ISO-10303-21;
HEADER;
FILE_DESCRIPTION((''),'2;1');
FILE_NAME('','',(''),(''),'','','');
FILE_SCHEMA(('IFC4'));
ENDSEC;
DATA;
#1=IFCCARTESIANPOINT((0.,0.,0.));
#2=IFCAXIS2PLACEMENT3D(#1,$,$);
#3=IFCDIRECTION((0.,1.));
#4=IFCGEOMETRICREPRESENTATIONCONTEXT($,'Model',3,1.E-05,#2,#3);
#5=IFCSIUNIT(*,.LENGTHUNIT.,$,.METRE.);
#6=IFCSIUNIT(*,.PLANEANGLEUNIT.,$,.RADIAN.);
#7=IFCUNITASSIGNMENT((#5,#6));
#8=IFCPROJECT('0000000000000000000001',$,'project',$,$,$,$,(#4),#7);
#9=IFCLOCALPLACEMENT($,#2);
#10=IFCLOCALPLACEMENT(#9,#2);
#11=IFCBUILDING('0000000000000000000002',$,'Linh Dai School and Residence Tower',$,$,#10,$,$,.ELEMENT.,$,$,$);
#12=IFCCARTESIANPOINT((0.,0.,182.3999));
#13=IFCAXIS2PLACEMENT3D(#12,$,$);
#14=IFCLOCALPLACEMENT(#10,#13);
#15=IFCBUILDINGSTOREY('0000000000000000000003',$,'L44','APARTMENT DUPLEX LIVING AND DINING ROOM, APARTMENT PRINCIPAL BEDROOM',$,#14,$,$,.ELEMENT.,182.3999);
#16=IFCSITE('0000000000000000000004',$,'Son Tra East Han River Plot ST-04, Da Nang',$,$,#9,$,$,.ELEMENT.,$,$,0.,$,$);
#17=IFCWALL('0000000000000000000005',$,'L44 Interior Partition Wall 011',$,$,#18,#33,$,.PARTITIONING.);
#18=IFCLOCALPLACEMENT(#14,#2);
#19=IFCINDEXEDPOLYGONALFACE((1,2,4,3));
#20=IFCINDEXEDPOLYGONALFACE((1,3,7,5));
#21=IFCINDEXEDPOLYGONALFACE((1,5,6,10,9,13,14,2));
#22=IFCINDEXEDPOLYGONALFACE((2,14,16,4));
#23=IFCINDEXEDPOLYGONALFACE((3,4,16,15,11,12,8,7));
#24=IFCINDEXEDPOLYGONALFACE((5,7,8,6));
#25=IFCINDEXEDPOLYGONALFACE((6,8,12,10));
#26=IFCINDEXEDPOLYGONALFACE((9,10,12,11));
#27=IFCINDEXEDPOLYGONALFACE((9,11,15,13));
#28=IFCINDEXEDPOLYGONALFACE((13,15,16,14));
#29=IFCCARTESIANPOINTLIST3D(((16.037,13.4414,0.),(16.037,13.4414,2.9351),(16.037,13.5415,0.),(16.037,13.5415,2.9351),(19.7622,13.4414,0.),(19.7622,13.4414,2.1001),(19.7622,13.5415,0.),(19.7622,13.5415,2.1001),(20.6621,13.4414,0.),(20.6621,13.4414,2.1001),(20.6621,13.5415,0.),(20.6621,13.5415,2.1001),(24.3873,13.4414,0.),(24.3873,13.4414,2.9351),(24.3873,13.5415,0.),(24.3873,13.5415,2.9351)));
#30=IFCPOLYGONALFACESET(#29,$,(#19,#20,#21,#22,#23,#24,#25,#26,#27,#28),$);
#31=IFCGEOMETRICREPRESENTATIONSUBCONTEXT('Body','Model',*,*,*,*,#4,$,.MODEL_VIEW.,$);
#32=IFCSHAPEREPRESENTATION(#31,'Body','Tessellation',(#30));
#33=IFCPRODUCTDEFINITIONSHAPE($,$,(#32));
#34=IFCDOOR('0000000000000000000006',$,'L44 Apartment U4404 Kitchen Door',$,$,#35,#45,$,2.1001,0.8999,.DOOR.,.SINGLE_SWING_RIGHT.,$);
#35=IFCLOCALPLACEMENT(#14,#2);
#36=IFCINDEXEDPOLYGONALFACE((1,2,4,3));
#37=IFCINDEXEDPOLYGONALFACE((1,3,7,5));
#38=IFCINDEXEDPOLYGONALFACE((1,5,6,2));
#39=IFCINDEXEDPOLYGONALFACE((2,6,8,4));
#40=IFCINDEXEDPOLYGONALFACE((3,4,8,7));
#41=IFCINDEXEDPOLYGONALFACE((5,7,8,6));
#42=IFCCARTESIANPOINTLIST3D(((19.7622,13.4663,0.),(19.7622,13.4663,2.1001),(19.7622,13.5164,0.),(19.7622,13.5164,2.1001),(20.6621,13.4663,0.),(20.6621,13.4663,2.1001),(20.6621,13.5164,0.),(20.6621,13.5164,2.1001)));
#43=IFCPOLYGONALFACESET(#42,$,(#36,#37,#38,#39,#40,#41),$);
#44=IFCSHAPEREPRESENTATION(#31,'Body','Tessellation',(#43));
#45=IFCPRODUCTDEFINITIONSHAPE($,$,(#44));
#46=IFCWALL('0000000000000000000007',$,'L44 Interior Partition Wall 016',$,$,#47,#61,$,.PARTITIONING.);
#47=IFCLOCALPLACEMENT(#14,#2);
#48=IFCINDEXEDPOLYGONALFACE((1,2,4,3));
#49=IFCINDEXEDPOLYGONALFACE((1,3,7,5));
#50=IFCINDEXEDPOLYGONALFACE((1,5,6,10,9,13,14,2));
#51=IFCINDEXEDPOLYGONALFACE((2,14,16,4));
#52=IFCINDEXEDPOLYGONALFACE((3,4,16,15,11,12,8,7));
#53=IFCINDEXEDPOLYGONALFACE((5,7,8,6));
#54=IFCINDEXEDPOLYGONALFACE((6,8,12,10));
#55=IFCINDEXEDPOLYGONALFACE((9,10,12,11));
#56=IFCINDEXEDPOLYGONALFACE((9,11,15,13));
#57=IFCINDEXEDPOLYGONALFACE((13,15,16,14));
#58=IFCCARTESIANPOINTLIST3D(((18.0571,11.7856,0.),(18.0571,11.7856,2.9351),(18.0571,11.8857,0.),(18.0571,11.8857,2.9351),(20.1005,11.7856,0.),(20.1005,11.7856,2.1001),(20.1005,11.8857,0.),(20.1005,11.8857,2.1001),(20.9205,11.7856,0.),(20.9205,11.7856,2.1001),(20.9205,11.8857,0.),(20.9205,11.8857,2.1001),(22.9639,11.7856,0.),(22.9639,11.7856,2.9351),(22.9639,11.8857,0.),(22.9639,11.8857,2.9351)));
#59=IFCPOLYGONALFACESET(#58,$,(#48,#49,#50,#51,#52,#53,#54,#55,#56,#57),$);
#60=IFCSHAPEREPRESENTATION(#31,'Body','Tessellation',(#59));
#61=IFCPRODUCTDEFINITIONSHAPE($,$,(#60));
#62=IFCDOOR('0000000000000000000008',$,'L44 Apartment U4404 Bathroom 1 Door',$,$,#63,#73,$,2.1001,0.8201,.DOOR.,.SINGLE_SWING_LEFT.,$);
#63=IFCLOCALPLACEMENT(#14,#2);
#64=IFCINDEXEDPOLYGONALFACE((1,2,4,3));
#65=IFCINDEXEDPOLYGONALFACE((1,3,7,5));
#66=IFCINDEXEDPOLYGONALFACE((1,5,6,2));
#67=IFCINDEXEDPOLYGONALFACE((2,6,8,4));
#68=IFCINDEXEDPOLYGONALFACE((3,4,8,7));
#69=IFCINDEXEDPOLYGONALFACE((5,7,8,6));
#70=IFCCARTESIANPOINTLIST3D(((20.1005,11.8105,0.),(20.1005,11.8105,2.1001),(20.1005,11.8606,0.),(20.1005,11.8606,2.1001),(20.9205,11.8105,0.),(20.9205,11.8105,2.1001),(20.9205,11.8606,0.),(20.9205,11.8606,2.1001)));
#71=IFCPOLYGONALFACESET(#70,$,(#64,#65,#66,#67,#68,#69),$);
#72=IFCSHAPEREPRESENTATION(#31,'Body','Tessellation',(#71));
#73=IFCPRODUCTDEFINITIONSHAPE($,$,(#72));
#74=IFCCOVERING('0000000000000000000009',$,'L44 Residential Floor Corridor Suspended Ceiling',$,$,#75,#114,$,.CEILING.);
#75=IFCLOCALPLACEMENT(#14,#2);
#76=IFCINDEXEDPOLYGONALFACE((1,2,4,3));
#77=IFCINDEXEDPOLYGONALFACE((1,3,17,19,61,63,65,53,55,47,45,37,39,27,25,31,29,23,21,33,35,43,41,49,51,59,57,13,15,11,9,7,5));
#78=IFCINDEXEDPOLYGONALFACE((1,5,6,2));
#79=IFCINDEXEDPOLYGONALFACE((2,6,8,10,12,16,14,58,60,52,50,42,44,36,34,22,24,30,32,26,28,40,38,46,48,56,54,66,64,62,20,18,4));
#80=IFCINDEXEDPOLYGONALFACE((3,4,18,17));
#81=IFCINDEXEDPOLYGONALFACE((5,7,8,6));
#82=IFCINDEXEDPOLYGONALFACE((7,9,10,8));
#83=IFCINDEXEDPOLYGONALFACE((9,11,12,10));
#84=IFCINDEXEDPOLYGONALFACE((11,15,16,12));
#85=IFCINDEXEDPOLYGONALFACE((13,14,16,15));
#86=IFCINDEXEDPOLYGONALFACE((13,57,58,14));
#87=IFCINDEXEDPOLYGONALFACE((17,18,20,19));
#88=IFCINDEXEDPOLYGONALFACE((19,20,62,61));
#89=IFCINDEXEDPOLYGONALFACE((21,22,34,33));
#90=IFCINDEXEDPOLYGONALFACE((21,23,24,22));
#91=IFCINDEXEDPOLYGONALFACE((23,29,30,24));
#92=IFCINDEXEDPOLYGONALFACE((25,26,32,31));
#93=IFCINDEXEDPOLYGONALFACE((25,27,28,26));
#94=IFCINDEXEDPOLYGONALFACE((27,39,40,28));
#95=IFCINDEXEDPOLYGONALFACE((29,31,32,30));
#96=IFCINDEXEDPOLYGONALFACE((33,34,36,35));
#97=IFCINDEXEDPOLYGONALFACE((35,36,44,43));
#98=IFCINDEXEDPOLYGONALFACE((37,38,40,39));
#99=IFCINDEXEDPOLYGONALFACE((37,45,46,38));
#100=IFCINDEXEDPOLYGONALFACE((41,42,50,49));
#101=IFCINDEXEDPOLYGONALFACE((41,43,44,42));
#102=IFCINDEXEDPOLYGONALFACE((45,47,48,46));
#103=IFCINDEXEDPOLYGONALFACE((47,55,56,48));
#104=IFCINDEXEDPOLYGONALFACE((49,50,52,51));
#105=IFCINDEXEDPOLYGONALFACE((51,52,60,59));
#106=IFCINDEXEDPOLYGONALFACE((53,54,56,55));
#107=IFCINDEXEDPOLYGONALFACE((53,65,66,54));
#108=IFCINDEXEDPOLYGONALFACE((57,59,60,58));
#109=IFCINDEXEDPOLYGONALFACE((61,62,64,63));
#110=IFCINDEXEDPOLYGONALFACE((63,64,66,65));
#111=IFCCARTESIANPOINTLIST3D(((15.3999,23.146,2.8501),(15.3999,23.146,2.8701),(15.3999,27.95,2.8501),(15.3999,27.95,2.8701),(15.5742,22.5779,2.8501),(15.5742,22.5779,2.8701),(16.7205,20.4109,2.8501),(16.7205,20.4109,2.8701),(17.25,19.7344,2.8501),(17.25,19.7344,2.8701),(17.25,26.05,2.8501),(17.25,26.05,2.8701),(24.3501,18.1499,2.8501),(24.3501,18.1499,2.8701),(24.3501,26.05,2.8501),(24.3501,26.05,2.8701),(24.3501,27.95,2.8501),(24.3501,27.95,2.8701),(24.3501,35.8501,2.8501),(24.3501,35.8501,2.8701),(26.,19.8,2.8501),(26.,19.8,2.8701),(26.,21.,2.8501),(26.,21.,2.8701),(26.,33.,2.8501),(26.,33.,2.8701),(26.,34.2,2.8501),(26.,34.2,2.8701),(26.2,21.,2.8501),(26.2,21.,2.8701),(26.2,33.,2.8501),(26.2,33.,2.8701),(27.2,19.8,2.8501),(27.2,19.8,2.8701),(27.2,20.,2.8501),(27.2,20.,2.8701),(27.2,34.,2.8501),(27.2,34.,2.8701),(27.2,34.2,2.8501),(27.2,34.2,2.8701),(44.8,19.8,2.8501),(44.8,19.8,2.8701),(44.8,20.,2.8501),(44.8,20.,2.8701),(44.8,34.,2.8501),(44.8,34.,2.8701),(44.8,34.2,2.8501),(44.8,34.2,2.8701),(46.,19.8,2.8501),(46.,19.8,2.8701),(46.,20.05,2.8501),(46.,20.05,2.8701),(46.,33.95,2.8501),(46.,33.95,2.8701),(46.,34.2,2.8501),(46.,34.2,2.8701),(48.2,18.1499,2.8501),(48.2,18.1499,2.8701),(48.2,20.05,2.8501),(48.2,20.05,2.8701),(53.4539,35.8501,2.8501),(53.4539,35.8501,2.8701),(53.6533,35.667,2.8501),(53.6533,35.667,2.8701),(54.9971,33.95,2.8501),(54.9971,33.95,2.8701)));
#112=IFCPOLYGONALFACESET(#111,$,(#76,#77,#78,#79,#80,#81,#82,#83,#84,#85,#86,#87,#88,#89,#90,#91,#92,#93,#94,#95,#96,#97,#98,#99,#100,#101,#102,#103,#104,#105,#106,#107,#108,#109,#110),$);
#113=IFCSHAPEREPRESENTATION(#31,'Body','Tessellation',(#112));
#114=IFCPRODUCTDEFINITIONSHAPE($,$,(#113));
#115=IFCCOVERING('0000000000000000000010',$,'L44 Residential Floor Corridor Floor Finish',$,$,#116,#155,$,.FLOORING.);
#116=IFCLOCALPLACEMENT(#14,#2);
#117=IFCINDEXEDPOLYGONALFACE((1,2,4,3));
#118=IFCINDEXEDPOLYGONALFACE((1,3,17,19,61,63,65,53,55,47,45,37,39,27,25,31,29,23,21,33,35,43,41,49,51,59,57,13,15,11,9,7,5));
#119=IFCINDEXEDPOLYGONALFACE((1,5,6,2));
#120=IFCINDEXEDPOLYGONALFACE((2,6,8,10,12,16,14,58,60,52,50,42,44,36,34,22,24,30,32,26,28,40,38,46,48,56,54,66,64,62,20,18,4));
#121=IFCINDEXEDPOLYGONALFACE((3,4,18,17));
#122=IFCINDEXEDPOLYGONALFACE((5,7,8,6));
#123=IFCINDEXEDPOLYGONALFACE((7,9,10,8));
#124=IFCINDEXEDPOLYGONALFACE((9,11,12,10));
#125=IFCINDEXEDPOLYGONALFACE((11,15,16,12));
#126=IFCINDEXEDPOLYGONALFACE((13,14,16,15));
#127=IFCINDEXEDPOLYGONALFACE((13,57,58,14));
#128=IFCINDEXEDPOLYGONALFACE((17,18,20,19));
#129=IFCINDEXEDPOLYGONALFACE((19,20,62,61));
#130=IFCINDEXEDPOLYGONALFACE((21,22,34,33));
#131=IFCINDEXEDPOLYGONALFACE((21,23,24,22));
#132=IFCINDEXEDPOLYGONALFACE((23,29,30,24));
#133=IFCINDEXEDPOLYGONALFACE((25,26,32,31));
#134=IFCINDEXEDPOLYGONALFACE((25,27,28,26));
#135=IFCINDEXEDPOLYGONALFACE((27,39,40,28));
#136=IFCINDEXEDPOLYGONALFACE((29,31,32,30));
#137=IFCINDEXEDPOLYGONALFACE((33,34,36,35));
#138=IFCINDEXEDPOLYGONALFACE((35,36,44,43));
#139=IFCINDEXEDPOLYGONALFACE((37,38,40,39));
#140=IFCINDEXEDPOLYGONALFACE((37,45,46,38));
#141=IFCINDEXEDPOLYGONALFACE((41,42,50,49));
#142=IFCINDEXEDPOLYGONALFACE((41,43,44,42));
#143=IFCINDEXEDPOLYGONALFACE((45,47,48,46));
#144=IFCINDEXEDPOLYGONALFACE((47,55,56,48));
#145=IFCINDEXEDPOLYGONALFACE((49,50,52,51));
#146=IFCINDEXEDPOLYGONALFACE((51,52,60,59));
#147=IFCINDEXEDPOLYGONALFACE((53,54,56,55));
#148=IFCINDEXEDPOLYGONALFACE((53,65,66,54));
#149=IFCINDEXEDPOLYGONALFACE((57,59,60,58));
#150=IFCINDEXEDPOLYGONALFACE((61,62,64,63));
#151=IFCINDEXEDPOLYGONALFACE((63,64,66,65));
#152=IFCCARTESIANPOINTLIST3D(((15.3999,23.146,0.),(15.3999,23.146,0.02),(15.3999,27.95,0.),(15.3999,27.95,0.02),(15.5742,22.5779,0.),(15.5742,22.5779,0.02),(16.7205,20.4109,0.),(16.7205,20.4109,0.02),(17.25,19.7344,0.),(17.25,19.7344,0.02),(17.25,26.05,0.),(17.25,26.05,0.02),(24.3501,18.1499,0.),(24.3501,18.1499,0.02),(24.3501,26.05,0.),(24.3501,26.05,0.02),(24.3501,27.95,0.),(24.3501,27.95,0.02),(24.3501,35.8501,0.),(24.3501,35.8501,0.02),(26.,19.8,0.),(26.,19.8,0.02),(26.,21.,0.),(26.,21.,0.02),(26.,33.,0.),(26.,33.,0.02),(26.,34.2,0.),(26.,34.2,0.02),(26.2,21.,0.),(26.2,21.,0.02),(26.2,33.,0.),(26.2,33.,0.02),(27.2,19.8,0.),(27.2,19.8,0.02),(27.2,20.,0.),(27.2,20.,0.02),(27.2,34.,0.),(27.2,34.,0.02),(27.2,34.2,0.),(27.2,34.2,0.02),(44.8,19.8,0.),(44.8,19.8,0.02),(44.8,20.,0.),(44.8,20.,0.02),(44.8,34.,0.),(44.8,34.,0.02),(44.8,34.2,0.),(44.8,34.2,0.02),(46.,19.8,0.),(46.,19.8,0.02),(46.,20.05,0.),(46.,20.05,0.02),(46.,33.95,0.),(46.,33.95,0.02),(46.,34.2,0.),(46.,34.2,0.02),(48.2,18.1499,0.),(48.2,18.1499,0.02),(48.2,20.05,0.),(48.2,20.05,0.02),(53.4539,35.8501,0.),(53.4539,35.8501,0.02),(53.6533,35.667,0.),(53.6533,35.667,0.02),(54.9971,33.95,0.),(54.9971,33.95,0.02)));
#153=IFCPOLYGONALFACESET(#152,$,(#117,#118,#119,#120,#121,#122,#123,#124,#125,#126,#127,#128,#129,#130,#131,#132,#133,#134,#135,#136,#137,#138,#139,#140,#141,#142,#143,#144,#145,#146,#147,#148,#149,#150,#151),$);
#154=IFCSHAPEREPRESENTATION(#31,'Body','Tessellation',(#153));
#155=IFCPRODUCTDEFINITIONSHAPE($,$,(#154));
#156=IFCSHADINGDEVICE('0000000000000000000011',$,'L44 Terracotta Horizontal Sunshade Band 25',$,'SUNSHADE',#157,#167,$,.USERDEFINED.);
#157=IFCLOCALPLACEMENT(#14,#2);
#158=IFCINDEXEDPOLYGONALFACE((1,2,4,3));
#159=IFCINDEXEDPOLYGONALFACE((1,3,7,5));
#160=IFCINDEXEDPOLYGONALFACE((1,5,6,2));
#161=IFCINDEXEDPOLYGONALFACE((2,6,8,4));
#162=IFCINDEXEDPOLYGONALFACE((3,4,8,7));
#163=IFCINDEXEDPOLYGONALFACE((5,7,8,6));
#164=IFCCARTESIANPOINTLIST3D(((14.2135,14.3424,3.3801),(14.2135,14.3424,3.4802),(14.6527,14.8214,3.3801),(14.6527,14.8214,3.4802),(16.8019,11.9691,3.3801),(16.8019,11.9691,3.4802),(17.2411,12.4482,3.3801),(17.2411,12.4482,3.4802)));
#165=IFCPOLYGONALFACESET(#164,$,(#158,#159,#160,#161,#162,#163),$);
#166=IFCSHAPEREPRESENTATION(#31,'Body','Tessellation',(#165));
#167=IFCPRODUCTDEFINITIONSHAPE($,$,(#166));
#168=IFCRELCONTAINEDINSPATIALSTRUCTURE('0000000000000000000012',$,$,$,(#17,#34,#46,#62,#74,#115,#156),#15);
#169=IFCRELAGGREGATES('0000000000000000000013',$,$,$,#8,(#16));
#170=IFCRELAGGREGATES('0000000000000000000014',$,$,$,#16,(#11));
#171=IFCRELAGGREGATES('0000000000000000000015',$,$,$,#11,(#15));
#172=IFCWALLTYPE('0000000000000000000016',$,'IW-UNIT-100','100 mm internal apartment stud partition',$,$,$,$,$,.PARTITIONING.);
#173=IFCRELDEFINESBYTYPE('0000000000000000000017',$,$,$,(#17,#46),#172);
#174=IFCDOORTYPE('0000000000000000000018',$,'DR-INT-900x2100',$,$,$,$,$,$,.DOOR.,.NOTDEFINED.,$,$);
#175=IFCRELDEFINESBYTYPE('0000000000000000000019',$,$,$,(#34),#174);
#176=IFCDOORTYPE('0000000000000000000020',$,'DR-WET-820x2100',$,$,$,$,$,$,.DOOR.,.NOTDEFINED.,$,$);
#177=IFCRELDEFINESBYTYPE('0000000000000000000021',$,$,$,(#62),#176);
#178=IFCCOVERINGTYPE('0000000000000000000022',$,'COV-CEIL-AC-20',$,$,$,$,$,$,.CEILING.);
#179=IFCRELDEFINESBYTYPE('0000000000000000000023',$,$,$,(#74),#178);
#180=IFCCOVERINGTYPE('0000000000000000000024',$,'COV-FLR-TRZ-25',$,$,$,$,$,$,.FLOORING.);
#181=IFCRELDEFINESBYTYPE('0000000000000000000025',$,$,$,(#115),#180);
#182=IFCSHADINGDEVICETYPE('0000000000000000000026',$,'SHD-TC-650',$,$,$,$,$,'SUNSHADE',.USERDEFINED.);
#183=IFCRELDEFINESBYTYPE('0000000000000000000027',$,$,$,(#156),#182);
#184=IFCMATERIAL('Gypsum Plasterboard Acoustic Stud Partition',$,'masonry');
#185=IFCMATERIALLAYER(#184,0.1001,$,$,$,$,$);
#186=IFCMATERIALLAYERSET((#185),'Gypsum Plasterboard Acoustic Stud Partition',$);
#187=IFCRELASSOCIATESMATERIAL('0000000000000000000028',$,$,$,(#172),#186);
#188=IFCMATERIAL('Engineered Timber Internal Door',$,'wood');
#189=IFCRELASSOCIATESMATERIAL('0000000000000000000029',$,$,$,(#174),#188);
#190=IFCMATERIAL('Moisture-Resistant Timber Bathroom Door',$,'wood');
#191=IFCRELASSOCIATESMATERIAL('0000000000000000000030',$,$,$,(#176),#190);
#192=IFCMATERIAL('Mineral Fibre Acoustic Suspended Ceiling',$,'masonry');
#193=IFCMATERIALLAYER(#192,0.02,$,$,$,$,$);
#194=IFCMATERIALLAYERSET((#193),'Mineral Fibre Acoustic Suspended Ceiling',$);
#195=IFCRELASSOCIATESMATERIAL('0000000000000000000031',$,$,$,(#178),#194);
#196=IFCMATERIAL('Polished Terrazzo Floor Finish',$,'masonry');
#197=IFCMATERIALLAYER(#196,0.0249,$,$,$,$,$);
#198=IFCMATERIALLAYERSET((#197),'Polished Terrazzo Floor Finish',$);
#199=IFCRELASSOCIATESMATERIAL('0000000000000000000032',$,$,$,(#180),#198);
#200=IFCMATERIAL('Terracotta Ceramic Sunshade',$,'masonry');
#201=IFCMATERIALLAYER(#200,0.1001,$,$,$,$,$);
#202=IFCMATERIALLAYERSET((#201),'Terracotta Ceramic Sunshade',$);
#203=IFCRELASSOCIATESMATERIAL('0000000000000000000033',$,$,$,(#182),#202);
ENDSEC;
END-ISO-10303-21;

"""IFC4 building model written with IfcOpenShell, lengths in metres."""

from ifc_helpers import new_model, si_unit, direction, frame, frame_2d, origin, origin_2d, place, context, subcontext, project, spatial, polyline, rectangle, outline, extrude, source, transform, mapped, material, layer, layer_set, type_object, element, fill, save


model = new_model("IFC4")

# Units and contexts
model_context = context("Model", 3, precision=1e-05, world=origin(), true_north=direction((0.0, 1.0)))
body_context = subcontext(model_context, "Body", "Model", "MODEL_VIEW")
ifc_project = project(units=[si_unit("LENGTHUNIT", "METRE"), si_unit("PLANEANGLEUNIT", "RADIAN")], contexts=[model_context])

# Site, building, storey
site_placement = place(None, origin())
site = spatial("IfcSite", under=ifc_project, at=site_placement, Name="Son Tra East Han River Plot ST-04, Da Nang", CompositionType="ELEMENT", RefElevation=0.0)
building_placement = place(site_placement, origin())
building = spatial("IfcBuilding", under=site, at=building_placement, Name="Linh Dai School and Residence Tower", CompositionType="ELEMENT")
storey_placement = place(building_placement, frame((0.0, 0.0, 182.3999)))
storey = spatial("IfcBuildingStorey", under=building, at=storey_placement, Name="L44", Description="APARTMENT DUPLEX LIVING AND DINING ROOM, APARTMENT PRINCIPAL BEDROOM", CompositionType="ELEMENT", Elevation=182.3999)

# Walls, openings, doors
ifc_material_1 = material(Name="Gypsum Plasterboard Acoustic Stud Partition", Category="masonry")
ifc_layer_1 = layer(ifc_material_1, 0.1001)
ifc_layer_set_1 = layer_set([ifc_layer_1], Name="Gypsum Plasterboard Acoustic Stud Partition")
wall_type_1 = type_object("IfcWallType", Name="IW-UNIT-100", Description="100 mm internal apartment stud partition", PredefinedType="PARTITIONING", material=ifc_layer_set_1)
ifc_material_2 = material(Name="Engineered Timber Internal Door", Category="wood")
door_type_1 = type_object("IfcDoorType", Name="DR-INT-900x2100", OperationType="NOTDEFINED", PredefinedType="DOOR", material=ifc_material_2)
shared_shape_1 = source(origin(), body_context, "Body", "SweptSolid", [
    extrude(rectangle(XDim=0.8999, YDim=2.1001, at=origin_2d()), frame((0.45, 0.0249, 1.05), z_axis=(0.0, -1.0, 0.0), x_axis=(1.0, 0.0, 0.0)), (0.0, 0.0, 1.0), 0.05),
])
wall_1_placement = place(storey_placement, frame((16.0369, 13.4915, 0.0), z_axis=(0.0, 0.0, 1.0), x_axis=(1.0, 0.0, 0.0)))
wall_1 = element("IfcWall", 1, at=wall_1_placement, inside=storey, type_object=wall_type_1, Name="L44 Interior Partition Wall 011", PredefinedType="PARTITIONING", context=body_context, shape_type="SweptSolid", body=[
    extrude(rectangle(XDim=8.3503, YDim=0.1001, at=frame_2d((4.1753, 0.0))), origin(), (0.0, 0.0, 1.0), 2.9351),
])
opening_1_placement = place(wall_1_placement, frame((3.7253, 0.0, 0.0)))
opening_1 = element("IfcOpeningElement", 2, at=opening_1_placement, cuts=wall_1, PredefinedType="OPENING", context=body_context, shape_type="SweptSolid", body=[
    extrude(rectangle(XDim=0.8999, YDim=2.1001, at=origin_2d()), frame((0.45, 0.0601, 1.05), z_axis=(0.0, -1.0, 0.0), x_axis=(1.0, 0.0, 0.0)), (0.0, 0.0, 1.0), 0.1201),
])
door_1_placement = place(opening_1_placement, origin())
door_1 = element("IfcDoor", 3, at=door_1_placement, inside=storey, type_object=door_type_1, Name="L44 Apartment U4404 Kitchen Door", OperationType="SINGLE_SWING_RIGHT", OverallHeight=2.1001, OverallWidth=0.8999, PredefinedType="DOOR", context=body_context, shape_type="MappedRepresentation", body=[
    mapped(shared_shape_1, transform((0.0, 0.0, 0.0), x_axis=(1.0, 0.0, 0.0), y_axis=(0.0, 1.0, 0.0), z_axis=(0.0, 0.0, 1.0), scale=1.0)),
])
fill(opening_1, door_1)
wall_2_placement = place(storey_placement, frame((18.0571, 11.8357, 0.0), z_axis=(0.0, 0.0, 1.0), x_axis=(1.0, 0.0, 0.0)))
wall_2 = element("IfcWall", 4, at=wall_2_placement, inside=storey, type_object=wall_type_1, Name="L44 Interior Partition Wall 016", PredefinedType="PARTITIONING", context=body_context, shape_type="SweptSolid", body=[
    extrude(rectangle(XDim=4.9067, YDim=0.1001, at=frame_2d((2.4534, 0.0))), origin(), (0.0, 0.0, 1.0), 2.9351),
])
opening_2_placement = place(wall_2_placement, frame((2.0432, 0.0, 0.0)))
opening_2 = element("IfcOpeningElement", 5, at=opening_2_placement, cuts=wall_2, PredefinedType="OPENING", context=body_context, shape_type="SweptSolid", body=[
    extrude(rectangle(XDim=0.8201, YDim=2.1001, at=origin_2d()), frame((0.4102, 0.0601, 1.05), z_axis=(0.0, -1.0, 0.0), x_axis=(1.0, 0.0, 0.0)), (0.0, 0.0, 1.0), 0.1201),
])
ifc_material_3 = material(Name="Moisture-Resistant Timber Bathroom Door", Category="wood")
door_type_2 = type_object("IfcDoorType", Name="DR-WET-820x2100", OperationType="NOTDEFINED", PredefinedType="DOOR", material=ifc_material_3)
shared_shape_2 = source(origin(), body_context, "Body", "SweptSolid", [
    extrude(rectangle(XDim=0.8201, YDim=2.1001, at=origin_2d()), frame((0.4102, 0.0249, 1.05), z_axis=(0.0, -1.0, 0.0), x_axis=(1.0, 0.0, 0.0)), (0.0, 0.0, 1.0), 0.05),
])
door_2_placement = place(opening_2_placement, origin())
door_2 = element("IfcDoor", 6, at=door_2_placement, inside=storey, type_object=door_type_2, Name="L44 Apartment U4404 Bathroom 1 Door", OperationType="SINGLE_SWING_LEFT", OverallHeight=2.1001, OverallWidth=0.8201, PredefinedType="DOOR", context=body_context, shape_type="MappedRepresentation", body=[
    mapped(shared_shape_2, transform((0.0, 0.0, 0.0), x_axis=(1.0, 0.0, 0.0), y_axis=(0.0, 1.0, 0.0), z_axis=(0.0, 0.0, 1.0), scale=1.0)),
])
fill(opening_2, door_2)

# Coverings
ifc_material_4 = material(Name="Mineral Fibre Acoustic Suspended Ceiling", Category="masonry")
ifc_layer_2 = layer(ifc_material_4, 0.02)
ifc_layer_set_2 = layer_set([ifc_layer_2], Name="Mineral Fibre Acoustic Suspended Ceiling")
covering_type_1 = type_object("IfcCoveringType", Name="COV-CEIL-AC-20", PredefinedType="CEILING", material=ifc_layer_set_2)
covering_1_placement = place(storey_placement, frame((0.0, 0.0, 2.8501)))
element("IfcCovering", 7, at=covering_1_placement, inside=storey, type_object=covering_type_1, Name="L44 Residential Floor Corridor Suspended Ceiling", PredefinedType="CEILING", context=body_context, shape_type="SweptSolid", body=[
    extrude(outline(polyline([(17.25, 19.7344), (16.7205, 20.4109), (15.5742, 22.5779), (15.3999, 23.146), (15.3999, 27.95), (24.3501, 27.95), (24.3501, 35.8501), (53.4539, 35.8501), (53.6533, 35.667), (54.9971, 33.95), (46.0, 33.95), (46.0, 34.2), (44.8, 34.2), (44.8, 34.0), (27.2, 34.0), (27.2, 34.2), (26.0, 34.2), (26.0, 33.0), (26.2, 33.0), (26.2, 21.0), (26.0, 21.0), (26.0, 19.8), (27.2, 19.8), (27.2, 20.0), (44.8, 20.0), (44.8, 19.8), (46.0, 19.8), (46.0, 20.05), (48.2, 20.05), (48.2, 18.1499), (24.3501, 18.1499), (24.3501, 26.05), (17.25, 26.05), (17.25, 19.7344)])), origin(), (0.0, 0.0, 1.0), 0.02),
])
ifc_material_5 = material(Name="Polished Terrazzo Floor Finish", Category="masonry")
ifc_layer_3 = layer(ifc_material_5, 0.0249)
ifc_layer_set_3 = layer_set([ifc_layer_3], Name="Polished Terrazzo Floor Finish")
covering_type_2 = type_object("IfcCoveringType", Name="COV-FLR-TRZ-25", PredefinedType="FLOORING", material=ifc_layer_set_3)
covering_2_placement = place(storey_placement, origin())
element("IfcCovering", 8, at=covering_2_placement, inside=storey, type_object=covering_type_2, Name="L44 Residential Floor Corridor Floor Finish", PredefinedType="FLOORING", context=body_context, shape_type="SweptSolid", body=[
    extrude(outline(polyline([(17.25, 19.7344), (16.7205, 20.4109), (15.5742, 22.5779), (15.3999, 23.146), (15.3999, 27.95), (24.3501, 27.95), (24.3501, 35.8501), (53.4539, 35.8501), (53.6533, 35.667), (54.9971, 33.95), (46.0, 33.95), (46.0, 34.2), (44.8, 34.2), (44.8, 34.0), (27.2, 34.0), (27.2, 34.2), (26.0, 34.2), (26.0, 33.0), (26.2, 33.0), (26.2, 21.0), (26.0, 21.0), (26.0, 19.8), (27.2, 19.8), (27.2, 20.0), (44.8, 20.0), (44.8, 19.8), (46.0, 19.8), (46.0, 20.05), (48.2, 20.05), (48.2, 18.1499), (24.3501, 18.1499), (24.3501, 26.05), (17.25, 26.05), (17.25, 19.7344)])), origin(), (0.0, 0.0, 1.0), 0.02),
])

# Shading device
ifc_material_6 = material(Name="Terracotta Ceramic Sunshade", Category="masonry")
ifc_layer_4 = layer(ifc_material_6, 0.1001)
ifc_layer_set_4 = layer_set([ifc_layer_4], Name="Terracotta Ceramic Sunshade")
shading_device_type = type_object("IfcShadingDeviceType", Name="SHD-TC-650", ElementType="SUNSHADE", PredefinedType="USERDEFINED", material=ifc_layer_set_4)
shared_shape_3 = source(origin(), body_context, "Body", "SweptSolid", [
    extrude(rectangle(XDim=3.5117, YDim=0.6499, at=origin_2d()), origin(), (0.0, 0.0, 1.0), 0.1001),
])
shading_device_placement = place(storey_placement, frame((15.7273, 13.3953, 3.3801), z_axis=(0.0, 0.0, 1.0), x_axis=(-0.737085, 0.6758, 0.0)))
element("IfcShadingDevice", 9, at=shading_device_placement, inside=storey, type_object=shading_device_type, Name="L44 Terracotta Horizontal Sunshade Band 25", ObjectType="SUNSHADE", PredefinedType="USERDEFINED", context=body_context, shape_type="MappedRepresentation", body=[
    mapped(shared_shape_3, transform((0.0, 0.0, 0.0), x_axis=(1.0, 0.0, 0.0), y_axis=(0.0, 1.0, 0.0), z_axis=(0.0, 0.0, 1.0), scale=1.0)),
])

save(model, "model.ifc")
